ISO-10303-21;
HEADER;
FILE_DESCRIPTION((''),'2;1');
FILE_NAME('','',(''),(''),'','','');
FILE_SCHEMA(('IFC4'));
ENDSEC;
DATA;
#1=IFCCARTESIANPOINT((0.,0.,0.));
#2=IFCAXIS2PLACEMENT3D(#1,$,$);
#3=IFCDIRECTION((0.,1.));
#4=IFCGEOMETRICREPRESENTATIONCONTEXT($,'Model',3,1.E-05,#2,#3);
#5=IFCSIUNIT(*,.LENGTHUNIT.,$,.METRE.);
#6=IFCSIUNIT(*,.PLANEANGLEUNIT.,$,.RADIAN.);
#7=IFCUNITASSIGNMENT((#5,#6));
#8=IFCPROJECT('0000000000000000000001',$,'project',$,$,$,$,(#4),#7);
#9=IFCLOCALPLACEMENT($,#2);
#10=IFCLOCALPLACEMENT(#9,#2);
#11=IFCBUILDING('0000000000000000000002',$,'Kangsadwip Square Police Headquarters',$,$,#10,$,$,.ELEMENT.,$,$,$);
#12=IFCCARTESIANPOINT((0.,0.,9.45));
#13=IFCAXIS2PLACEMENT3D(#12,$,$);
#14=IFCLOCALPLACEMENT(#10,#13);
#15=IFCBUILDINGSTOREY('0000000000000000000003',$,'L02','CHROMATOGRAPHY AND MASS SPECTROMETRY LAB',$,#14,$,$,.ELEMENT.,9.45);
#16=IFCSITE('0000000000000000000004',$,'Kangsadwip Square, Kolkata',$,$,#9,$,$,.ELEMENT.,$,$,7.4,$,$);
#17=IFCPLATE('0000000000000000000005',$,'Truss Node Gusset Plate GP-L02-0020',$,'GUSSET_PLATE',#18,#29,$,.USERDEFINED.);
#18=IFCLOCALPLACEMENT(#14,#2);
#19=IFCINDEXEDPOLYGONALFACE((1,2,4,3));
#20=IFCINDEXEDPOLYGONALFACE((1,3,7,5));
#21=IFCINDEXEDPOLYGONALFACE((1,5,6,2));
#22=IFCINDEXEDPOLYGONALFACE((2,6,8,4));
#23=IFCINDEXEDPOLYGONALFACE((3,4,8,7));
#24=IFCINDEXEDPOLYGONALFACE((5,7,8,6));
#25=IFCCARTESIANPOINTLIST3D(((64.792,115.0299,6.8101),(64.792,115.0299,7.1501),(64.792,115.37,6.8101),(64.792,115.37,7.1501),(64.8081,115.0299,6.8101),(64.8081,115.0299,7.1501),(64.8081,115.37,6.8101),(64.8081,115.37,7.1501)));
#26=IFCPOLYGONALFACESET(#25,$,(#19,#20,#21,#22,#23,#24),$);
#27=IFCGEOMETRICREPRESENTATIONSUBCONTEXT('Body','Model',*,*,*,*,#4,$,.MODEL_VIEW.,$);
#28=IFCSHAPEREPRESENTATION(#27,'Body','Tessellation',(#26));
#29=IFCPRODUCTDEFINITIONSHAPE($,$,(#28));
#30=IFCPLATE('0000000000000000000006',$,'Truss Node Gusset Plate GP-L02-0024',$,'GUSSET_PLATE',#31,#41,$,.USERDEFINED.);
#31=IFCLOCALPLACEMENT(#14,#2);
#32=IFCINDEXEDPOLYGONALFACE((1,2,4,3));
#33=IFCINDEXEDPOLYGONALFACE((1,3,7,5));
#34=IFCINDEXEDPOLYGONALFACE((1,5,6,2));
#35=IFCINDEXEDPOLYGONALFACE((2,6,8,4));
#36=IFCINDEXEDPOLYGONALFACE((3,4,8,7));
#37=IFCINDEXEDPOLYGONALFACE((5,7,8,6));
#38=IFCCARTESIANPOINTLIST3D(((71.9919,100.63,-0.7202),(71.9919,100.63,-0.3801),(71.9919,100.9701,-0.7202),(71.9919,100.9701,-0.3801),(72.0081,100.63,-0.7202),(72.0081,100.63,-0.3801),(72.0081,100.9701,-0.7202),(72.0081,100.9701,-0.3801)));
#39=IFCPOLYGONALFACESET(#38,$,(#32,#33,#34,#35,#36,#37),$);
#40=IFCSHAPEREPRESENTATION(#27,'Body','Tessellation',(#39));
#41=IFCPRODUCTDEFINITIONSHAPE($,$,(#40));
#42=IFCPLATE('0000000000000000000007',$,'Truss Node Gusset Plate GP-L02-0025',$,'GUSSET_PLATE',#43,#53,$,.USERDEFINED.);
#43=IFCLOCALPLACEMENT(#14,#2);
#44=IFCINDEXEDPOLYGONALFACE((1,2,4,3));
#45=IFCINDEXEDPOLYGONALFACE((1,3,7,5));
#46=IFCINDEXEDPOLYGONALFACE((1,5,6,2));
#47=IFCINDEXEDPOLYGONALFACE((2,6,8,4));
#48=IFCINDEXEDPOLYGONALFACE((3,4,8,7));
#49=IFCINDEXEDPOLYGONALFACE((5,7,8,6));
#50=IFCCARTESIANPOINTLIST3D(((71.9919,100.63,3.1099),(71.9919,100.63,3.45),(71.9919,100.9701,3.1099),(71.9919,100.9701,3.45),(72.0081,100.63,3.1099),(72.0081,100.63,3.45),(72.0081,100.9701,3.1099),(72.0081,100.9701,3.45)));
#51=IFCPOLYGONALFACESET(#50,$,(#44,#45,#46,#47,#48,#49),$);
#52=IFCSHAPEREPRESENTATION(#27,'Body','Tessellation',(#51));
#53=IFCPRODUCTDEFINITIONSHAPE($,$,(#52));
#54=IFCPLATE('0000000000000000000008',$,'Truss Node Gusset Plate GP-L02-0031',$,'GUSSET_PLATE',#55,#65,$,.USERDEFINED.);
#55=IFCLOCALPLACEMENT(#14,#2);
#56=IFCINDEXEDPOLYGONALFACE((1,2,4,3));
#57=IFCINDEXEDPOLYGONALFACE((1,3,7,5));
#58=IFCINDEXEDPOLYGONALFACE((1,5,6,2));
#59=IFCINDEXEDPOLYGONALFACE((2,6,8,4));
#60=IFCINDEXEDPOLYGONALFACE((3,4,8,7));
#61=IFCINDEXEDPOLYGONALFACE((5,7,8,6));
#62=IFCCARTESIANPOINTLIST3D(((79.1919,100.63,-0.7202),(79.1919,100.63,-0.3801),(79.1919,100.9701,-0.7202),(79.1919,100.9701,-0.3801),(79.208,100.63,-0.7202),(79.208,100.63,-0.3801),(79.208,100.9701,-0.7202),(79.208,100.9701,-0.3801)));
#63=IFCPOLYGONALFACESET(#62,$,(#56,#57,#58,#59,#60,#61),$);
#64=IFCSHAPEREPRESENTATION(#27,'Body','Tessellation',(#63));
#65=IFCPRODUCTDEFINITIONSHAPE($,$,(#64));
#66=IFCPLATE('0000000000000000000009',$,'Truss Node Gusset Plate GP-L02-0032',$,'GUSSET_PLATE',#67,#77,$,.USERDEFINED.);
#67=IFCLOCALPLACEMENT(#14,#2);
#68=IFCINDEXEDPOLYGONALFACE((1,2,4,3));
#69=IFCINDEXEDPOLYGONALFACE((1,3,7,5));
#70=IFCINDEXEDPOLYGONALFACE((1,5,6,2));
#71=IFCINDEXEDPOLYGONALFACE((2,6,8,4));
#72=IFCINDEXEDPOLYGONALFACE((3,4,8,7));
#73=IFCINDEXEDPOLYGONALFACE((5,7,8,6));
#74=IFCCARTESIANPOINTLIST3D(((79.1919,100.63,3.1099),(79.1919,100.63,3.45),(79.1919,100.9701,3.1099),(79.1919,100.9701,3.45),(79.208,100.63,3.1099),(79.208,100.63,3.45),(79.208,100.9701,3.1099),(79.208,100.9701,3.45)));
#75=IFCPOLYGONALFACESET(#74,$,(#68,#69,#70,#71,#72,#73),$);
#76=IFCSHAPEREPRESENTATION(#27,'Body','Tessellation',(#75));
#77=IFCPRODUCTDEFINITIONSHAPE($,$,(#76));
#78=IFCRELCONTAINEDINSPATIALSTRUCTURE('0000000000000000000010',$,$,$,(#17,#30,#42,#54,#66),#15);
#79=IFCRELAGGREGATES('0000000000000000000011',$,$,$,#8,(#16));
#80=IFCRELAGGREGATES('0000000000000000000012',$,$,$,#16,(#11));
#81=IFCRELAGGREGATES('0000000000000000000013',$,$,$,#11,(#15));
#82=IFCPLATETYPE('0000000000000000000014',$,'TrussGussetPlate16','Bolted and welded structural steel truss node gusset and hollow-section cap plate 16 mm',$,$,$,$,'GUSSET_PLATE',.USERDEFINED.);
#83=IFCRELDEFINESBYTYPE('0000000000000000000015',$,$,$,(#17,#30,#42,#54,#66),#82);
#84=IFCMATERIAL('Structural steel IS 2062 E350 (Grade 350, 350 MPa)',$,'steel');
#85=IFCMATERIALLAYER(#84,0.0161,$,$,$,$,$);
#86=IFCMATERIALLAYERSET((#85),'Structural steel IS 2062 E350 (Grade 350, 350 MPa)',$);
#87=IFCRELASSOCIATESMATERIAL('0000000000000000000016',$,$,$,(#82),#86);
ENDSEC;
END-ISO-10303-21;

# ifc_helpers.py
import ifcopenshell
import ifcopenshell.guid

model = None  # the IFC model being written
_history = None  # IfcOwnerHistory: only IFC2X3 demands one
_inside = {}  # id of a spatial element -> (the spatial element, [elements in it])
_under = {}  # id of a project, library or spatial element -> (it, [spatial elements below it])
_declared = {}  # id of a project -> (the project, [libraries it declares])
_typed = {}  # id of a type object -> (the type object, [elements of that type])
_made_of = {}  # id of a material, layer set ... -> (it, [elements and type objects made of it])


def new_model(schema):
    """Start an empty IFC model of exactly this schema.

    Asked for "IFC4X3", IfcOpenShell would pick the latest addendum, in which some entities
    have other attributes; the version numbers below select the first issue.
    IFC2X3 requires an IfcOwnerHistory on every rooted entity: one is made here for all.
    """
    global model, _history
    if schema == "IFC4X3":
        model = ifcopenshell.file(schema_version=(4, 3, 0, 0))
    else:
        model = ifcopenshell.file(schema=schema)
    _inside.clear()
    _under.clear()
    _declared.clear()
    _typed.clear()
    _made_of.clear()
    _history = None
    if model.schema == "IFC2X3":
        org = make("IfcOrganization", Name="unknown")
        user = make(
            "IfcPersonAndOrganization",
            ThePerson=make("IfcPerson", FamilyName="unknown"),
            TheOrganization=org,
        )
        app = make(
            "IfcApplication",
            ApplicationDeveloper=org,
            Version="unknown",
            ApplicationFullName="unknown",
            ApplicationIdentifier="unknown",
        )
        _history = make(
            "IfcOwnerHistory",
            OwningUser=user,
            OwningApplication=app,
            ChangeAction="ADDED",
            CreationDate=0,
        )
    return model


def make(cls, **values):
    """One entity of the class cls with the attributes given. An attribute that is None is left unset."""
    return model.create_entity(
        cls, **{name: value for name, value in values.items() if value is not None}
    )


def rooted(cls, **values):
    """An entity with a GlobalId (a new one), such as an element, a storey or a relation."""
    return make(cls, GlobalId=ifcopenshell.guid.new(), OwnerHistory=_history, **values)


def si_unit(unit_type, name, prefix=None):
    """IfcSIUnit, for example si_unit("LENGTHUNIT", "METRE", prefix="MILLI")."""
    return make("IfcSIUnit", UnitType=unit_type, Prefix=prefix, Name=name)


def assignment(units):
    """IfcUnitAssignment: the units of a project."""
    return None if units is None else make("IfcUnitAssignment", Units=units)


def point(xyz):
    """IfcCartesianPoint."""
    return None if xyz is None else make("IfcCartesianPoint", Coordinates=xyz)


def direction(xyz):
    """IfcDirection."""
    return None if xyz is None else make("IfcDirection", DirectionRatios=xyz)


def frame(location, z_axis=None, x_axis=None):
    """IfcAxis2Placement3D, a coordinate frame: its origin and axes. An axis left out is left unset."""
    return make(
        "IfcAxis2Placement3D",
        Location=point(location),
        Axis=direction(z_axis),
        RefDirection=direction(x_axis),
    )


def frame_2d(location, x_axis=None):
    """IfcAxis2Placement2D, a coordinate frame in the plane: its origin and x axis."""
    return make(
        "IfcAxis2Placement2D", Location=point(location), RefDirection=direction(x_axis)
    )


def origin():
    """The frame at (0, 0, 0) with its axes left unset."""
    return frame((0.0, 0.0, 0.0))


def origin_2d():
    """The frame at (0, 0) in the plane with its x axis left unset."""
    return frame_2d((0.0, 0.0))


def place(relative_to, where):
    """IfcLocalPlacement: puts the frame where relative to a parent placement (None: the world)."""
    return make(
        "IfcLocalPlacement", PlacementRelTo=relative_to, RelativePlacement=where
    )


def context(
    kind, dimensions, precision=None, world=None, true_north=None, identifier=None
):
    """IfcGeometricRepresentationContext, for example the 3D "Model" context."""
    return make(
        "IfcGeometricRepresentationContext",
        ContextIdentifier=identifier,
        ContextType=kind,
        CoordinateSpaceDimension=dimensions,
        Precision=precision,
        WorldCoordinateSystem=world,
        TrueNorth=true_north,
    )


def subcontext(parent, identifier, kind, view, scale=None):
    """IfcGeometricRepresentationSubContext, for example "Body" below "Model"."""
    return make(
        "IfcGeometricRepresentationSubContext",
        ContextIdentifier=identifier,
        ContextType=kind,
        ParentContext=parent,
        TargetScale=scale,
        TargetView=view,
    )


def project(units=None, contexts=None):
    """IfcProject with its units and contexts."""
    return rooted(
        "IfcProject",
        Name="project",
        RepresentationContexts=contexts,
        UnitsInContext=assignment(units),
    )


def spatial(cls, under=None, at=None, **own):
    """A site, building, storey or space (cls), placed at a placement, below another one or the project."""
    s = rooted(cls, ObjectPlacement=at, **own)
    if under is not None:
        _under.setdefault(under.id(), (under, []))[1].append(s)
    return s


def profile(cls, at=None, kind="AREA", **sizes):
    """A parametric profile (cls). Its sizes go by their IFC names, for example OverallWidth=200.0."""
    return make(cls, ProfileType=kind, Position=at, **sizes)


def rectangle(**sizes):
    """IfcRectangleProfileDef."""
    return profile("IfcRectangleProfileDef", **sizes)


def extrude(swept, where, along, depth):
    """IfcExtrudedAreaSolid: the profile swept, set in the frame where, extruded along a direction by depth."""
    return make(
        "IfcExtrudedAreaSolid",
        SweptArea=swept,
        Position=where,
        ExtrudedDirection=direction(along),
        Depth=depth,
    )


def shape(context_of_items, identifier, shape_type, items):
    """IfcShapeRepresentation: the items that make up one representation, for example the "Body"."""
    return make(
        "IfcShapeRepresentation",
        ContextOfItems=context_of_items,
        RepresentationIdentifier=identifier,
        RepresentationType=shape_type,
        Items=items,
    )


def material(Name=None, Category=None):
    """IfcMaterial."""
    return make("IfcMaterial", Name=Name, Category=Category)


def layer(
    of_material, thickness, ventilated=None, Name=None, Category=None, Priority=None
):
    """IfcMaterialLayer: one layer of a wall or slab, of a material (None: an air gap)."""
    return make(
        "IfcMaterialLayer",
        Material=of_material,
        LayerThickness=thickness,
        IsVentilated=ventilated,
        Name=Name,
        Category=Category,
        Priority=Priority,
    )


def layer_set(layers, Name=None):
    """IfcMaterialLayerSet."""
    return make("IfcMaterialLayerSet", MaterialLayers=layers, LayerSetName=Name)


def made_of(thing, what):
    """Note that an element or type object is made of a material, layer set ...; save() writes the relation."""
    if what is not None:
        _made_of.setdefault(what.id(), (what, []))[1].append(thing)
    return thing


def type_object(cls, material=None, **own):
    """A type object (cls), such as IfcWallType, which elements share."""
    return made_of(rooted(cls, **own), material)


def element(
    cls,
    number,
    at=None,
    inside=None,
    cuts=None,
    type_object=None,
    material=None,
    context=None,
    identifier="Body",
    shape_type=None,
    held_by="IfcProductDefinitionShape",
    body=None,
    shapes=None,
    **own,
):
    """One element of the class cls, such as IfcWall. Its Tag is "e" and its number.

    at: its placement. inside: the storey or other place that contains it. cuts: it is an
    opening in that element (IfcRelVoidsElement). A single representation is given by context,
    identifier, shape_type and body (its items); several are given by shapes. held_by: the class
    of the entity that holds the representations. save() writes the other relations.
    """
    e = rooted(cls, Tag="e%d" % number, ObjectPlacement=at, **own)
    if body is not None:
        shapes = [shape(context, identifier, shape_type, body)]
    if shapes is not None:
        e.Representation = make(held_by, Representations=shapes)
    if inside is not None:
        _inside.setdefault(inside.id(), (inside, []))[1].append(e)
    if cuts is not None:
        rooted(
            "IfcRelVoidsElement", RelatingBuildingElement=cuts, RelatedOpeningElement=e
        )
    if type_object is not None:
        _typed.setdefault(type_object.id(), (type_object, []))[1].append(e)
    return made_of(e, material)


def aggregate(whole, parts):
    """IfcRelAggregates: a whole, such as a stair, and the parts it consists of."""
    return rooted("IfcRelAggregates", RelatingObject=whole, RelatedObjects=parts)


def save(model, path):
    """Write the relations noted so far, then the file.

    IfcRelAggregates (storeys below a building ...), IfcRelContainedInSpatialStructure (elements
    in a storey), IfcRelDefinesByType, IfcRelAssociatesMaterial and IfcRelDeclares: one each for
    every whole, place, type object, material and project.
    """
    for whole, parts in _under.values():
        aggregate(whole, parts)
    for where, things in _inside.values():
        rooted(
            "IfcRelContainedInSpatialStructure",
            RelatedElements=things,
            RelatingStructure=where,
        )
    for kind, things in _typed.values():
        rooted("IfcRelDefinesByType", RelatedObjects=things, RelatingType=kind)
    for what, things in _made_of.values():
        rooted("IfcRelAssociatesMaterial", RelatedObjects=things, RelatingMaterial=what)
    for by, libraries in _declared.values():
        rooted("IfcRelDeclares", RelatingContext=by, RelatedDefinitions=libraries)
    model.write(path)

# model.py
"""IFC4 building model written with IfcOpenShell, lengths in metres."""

from ifc_helpers import new_model, si_unit, direction, frame, origin, origin_2d, place, context, subcontext, project, spatial, rectangle, extrude, material, layer, layer_set, type_object, element, save


model = new_model("IFC4")

# Units and contexts
model_context = context("Model", 3, precision=1e-05, world=origin(), true_north=direction((0.0, 1.0)))
body_context = subcontext(model_context, "Body", "Model", "MODEL_VIEW")
ifc_project = project(units=[si_unit("LENGTHUNIT", "METRE"), si_unit("PLANEANGLEUNIT", "RADIAN")], contexts=[model_context])

# Site, building, storey
site_placement = place(None, origin())
site = spatial("IfcSite", under=ifc_project, at=site_placement, Name="Kangsadwip Square, Kolkata", CompositionType="ELEMENT", RefElevation=7.4)
building_placement = place(site_placement, origin())
building = spatial("IfcBuilding", under=site, at=building_placement, Name="Kangsadwip Square Police Headquarters", CompositionType="ELEMENT")
storey_placement = place(building_placement, frame((0.0, 0.0, 9.45)))
storey = spatial("IfcBuildingStorey", under=building, at=storey_placement, Name="L02", Description="CHROMATOGRAPHY AND MASS SPECTROMETRY LAB", CompositionType="ELEMENT", Elevation=9.45)

# Plates
ifc_material_1 = material(Name="Structural steel IS 2062 E350 (Grade 350, 350 MPa)", Category="steel")
ifc_layer_1 = layer(ifc_material_1, 0.0161)
ifc_layer_set_1 = layer_set([ifc_layer_1], Name="Structural steel IS 2062 E350 (Grade 350, 350 MPa)")
plate_type_1 = type_object("IfcPlateType", Name="TrussGussetPlate16", Description="Bolted and welded structural steel truss node gusset and hollow-section cap plate 16 mm", ElementType="GUSSET_PLATE", PredefinedType="USERDEFINED", material=ifc_layer_set_1)
for number, where, z_axis, x_axis, name in (
    (1, (64.8, 115.2, 6.8101), (0.0, 0.0, 1.0), (0.0, 1.0, 0.0), "Truss Node Gusset Plate GP-L02-0020"),
    (2, (72.0, 100.8, -0.7202), (0.0, 0.0, 1.0), (0.0, 1.0, 0.0), "Truss Node Gusset Plate GP-L02-0024"),
    (3, (72.0, 100.8, 3.1099), (0.0, 0.0, 1.0), (0.0, 1.0, 0.0), "Truss Node Gusset Plate GP-L02-0025"),
    (4, (79.2, 100.8, -0.7202), (0.0, 0.0, 1.0), (0.0, 1.0, 0.0), "Truss Node Gusset Plate GP-L02-0031"),
    (5, (79.2, 100.8, 3.1099), (0.0, 0.0, 1.0), (0.0, 1.0, 0.0), "Truss Node Gusset Plate GP-L02-0032"),
):
    element("IfcPlate", number, at=place(storey_placement, frame(where, z_axis=z_axis, x_axis=x_axis)), inside=storey, type_object=plate_type_1, Name=name, ObjectType="GUSSET_PLATE", PredefinedType="USERDEFINED", context=body_context, shape_type="SweptSolid", body=[
        extrude(rectangle(XDim=0.3401, YDim=0.0161, at=origin_2d()), origin(), (0.0, 0.0, 1.0), 0.3401),
    ])

save(model, "model.ifc")
